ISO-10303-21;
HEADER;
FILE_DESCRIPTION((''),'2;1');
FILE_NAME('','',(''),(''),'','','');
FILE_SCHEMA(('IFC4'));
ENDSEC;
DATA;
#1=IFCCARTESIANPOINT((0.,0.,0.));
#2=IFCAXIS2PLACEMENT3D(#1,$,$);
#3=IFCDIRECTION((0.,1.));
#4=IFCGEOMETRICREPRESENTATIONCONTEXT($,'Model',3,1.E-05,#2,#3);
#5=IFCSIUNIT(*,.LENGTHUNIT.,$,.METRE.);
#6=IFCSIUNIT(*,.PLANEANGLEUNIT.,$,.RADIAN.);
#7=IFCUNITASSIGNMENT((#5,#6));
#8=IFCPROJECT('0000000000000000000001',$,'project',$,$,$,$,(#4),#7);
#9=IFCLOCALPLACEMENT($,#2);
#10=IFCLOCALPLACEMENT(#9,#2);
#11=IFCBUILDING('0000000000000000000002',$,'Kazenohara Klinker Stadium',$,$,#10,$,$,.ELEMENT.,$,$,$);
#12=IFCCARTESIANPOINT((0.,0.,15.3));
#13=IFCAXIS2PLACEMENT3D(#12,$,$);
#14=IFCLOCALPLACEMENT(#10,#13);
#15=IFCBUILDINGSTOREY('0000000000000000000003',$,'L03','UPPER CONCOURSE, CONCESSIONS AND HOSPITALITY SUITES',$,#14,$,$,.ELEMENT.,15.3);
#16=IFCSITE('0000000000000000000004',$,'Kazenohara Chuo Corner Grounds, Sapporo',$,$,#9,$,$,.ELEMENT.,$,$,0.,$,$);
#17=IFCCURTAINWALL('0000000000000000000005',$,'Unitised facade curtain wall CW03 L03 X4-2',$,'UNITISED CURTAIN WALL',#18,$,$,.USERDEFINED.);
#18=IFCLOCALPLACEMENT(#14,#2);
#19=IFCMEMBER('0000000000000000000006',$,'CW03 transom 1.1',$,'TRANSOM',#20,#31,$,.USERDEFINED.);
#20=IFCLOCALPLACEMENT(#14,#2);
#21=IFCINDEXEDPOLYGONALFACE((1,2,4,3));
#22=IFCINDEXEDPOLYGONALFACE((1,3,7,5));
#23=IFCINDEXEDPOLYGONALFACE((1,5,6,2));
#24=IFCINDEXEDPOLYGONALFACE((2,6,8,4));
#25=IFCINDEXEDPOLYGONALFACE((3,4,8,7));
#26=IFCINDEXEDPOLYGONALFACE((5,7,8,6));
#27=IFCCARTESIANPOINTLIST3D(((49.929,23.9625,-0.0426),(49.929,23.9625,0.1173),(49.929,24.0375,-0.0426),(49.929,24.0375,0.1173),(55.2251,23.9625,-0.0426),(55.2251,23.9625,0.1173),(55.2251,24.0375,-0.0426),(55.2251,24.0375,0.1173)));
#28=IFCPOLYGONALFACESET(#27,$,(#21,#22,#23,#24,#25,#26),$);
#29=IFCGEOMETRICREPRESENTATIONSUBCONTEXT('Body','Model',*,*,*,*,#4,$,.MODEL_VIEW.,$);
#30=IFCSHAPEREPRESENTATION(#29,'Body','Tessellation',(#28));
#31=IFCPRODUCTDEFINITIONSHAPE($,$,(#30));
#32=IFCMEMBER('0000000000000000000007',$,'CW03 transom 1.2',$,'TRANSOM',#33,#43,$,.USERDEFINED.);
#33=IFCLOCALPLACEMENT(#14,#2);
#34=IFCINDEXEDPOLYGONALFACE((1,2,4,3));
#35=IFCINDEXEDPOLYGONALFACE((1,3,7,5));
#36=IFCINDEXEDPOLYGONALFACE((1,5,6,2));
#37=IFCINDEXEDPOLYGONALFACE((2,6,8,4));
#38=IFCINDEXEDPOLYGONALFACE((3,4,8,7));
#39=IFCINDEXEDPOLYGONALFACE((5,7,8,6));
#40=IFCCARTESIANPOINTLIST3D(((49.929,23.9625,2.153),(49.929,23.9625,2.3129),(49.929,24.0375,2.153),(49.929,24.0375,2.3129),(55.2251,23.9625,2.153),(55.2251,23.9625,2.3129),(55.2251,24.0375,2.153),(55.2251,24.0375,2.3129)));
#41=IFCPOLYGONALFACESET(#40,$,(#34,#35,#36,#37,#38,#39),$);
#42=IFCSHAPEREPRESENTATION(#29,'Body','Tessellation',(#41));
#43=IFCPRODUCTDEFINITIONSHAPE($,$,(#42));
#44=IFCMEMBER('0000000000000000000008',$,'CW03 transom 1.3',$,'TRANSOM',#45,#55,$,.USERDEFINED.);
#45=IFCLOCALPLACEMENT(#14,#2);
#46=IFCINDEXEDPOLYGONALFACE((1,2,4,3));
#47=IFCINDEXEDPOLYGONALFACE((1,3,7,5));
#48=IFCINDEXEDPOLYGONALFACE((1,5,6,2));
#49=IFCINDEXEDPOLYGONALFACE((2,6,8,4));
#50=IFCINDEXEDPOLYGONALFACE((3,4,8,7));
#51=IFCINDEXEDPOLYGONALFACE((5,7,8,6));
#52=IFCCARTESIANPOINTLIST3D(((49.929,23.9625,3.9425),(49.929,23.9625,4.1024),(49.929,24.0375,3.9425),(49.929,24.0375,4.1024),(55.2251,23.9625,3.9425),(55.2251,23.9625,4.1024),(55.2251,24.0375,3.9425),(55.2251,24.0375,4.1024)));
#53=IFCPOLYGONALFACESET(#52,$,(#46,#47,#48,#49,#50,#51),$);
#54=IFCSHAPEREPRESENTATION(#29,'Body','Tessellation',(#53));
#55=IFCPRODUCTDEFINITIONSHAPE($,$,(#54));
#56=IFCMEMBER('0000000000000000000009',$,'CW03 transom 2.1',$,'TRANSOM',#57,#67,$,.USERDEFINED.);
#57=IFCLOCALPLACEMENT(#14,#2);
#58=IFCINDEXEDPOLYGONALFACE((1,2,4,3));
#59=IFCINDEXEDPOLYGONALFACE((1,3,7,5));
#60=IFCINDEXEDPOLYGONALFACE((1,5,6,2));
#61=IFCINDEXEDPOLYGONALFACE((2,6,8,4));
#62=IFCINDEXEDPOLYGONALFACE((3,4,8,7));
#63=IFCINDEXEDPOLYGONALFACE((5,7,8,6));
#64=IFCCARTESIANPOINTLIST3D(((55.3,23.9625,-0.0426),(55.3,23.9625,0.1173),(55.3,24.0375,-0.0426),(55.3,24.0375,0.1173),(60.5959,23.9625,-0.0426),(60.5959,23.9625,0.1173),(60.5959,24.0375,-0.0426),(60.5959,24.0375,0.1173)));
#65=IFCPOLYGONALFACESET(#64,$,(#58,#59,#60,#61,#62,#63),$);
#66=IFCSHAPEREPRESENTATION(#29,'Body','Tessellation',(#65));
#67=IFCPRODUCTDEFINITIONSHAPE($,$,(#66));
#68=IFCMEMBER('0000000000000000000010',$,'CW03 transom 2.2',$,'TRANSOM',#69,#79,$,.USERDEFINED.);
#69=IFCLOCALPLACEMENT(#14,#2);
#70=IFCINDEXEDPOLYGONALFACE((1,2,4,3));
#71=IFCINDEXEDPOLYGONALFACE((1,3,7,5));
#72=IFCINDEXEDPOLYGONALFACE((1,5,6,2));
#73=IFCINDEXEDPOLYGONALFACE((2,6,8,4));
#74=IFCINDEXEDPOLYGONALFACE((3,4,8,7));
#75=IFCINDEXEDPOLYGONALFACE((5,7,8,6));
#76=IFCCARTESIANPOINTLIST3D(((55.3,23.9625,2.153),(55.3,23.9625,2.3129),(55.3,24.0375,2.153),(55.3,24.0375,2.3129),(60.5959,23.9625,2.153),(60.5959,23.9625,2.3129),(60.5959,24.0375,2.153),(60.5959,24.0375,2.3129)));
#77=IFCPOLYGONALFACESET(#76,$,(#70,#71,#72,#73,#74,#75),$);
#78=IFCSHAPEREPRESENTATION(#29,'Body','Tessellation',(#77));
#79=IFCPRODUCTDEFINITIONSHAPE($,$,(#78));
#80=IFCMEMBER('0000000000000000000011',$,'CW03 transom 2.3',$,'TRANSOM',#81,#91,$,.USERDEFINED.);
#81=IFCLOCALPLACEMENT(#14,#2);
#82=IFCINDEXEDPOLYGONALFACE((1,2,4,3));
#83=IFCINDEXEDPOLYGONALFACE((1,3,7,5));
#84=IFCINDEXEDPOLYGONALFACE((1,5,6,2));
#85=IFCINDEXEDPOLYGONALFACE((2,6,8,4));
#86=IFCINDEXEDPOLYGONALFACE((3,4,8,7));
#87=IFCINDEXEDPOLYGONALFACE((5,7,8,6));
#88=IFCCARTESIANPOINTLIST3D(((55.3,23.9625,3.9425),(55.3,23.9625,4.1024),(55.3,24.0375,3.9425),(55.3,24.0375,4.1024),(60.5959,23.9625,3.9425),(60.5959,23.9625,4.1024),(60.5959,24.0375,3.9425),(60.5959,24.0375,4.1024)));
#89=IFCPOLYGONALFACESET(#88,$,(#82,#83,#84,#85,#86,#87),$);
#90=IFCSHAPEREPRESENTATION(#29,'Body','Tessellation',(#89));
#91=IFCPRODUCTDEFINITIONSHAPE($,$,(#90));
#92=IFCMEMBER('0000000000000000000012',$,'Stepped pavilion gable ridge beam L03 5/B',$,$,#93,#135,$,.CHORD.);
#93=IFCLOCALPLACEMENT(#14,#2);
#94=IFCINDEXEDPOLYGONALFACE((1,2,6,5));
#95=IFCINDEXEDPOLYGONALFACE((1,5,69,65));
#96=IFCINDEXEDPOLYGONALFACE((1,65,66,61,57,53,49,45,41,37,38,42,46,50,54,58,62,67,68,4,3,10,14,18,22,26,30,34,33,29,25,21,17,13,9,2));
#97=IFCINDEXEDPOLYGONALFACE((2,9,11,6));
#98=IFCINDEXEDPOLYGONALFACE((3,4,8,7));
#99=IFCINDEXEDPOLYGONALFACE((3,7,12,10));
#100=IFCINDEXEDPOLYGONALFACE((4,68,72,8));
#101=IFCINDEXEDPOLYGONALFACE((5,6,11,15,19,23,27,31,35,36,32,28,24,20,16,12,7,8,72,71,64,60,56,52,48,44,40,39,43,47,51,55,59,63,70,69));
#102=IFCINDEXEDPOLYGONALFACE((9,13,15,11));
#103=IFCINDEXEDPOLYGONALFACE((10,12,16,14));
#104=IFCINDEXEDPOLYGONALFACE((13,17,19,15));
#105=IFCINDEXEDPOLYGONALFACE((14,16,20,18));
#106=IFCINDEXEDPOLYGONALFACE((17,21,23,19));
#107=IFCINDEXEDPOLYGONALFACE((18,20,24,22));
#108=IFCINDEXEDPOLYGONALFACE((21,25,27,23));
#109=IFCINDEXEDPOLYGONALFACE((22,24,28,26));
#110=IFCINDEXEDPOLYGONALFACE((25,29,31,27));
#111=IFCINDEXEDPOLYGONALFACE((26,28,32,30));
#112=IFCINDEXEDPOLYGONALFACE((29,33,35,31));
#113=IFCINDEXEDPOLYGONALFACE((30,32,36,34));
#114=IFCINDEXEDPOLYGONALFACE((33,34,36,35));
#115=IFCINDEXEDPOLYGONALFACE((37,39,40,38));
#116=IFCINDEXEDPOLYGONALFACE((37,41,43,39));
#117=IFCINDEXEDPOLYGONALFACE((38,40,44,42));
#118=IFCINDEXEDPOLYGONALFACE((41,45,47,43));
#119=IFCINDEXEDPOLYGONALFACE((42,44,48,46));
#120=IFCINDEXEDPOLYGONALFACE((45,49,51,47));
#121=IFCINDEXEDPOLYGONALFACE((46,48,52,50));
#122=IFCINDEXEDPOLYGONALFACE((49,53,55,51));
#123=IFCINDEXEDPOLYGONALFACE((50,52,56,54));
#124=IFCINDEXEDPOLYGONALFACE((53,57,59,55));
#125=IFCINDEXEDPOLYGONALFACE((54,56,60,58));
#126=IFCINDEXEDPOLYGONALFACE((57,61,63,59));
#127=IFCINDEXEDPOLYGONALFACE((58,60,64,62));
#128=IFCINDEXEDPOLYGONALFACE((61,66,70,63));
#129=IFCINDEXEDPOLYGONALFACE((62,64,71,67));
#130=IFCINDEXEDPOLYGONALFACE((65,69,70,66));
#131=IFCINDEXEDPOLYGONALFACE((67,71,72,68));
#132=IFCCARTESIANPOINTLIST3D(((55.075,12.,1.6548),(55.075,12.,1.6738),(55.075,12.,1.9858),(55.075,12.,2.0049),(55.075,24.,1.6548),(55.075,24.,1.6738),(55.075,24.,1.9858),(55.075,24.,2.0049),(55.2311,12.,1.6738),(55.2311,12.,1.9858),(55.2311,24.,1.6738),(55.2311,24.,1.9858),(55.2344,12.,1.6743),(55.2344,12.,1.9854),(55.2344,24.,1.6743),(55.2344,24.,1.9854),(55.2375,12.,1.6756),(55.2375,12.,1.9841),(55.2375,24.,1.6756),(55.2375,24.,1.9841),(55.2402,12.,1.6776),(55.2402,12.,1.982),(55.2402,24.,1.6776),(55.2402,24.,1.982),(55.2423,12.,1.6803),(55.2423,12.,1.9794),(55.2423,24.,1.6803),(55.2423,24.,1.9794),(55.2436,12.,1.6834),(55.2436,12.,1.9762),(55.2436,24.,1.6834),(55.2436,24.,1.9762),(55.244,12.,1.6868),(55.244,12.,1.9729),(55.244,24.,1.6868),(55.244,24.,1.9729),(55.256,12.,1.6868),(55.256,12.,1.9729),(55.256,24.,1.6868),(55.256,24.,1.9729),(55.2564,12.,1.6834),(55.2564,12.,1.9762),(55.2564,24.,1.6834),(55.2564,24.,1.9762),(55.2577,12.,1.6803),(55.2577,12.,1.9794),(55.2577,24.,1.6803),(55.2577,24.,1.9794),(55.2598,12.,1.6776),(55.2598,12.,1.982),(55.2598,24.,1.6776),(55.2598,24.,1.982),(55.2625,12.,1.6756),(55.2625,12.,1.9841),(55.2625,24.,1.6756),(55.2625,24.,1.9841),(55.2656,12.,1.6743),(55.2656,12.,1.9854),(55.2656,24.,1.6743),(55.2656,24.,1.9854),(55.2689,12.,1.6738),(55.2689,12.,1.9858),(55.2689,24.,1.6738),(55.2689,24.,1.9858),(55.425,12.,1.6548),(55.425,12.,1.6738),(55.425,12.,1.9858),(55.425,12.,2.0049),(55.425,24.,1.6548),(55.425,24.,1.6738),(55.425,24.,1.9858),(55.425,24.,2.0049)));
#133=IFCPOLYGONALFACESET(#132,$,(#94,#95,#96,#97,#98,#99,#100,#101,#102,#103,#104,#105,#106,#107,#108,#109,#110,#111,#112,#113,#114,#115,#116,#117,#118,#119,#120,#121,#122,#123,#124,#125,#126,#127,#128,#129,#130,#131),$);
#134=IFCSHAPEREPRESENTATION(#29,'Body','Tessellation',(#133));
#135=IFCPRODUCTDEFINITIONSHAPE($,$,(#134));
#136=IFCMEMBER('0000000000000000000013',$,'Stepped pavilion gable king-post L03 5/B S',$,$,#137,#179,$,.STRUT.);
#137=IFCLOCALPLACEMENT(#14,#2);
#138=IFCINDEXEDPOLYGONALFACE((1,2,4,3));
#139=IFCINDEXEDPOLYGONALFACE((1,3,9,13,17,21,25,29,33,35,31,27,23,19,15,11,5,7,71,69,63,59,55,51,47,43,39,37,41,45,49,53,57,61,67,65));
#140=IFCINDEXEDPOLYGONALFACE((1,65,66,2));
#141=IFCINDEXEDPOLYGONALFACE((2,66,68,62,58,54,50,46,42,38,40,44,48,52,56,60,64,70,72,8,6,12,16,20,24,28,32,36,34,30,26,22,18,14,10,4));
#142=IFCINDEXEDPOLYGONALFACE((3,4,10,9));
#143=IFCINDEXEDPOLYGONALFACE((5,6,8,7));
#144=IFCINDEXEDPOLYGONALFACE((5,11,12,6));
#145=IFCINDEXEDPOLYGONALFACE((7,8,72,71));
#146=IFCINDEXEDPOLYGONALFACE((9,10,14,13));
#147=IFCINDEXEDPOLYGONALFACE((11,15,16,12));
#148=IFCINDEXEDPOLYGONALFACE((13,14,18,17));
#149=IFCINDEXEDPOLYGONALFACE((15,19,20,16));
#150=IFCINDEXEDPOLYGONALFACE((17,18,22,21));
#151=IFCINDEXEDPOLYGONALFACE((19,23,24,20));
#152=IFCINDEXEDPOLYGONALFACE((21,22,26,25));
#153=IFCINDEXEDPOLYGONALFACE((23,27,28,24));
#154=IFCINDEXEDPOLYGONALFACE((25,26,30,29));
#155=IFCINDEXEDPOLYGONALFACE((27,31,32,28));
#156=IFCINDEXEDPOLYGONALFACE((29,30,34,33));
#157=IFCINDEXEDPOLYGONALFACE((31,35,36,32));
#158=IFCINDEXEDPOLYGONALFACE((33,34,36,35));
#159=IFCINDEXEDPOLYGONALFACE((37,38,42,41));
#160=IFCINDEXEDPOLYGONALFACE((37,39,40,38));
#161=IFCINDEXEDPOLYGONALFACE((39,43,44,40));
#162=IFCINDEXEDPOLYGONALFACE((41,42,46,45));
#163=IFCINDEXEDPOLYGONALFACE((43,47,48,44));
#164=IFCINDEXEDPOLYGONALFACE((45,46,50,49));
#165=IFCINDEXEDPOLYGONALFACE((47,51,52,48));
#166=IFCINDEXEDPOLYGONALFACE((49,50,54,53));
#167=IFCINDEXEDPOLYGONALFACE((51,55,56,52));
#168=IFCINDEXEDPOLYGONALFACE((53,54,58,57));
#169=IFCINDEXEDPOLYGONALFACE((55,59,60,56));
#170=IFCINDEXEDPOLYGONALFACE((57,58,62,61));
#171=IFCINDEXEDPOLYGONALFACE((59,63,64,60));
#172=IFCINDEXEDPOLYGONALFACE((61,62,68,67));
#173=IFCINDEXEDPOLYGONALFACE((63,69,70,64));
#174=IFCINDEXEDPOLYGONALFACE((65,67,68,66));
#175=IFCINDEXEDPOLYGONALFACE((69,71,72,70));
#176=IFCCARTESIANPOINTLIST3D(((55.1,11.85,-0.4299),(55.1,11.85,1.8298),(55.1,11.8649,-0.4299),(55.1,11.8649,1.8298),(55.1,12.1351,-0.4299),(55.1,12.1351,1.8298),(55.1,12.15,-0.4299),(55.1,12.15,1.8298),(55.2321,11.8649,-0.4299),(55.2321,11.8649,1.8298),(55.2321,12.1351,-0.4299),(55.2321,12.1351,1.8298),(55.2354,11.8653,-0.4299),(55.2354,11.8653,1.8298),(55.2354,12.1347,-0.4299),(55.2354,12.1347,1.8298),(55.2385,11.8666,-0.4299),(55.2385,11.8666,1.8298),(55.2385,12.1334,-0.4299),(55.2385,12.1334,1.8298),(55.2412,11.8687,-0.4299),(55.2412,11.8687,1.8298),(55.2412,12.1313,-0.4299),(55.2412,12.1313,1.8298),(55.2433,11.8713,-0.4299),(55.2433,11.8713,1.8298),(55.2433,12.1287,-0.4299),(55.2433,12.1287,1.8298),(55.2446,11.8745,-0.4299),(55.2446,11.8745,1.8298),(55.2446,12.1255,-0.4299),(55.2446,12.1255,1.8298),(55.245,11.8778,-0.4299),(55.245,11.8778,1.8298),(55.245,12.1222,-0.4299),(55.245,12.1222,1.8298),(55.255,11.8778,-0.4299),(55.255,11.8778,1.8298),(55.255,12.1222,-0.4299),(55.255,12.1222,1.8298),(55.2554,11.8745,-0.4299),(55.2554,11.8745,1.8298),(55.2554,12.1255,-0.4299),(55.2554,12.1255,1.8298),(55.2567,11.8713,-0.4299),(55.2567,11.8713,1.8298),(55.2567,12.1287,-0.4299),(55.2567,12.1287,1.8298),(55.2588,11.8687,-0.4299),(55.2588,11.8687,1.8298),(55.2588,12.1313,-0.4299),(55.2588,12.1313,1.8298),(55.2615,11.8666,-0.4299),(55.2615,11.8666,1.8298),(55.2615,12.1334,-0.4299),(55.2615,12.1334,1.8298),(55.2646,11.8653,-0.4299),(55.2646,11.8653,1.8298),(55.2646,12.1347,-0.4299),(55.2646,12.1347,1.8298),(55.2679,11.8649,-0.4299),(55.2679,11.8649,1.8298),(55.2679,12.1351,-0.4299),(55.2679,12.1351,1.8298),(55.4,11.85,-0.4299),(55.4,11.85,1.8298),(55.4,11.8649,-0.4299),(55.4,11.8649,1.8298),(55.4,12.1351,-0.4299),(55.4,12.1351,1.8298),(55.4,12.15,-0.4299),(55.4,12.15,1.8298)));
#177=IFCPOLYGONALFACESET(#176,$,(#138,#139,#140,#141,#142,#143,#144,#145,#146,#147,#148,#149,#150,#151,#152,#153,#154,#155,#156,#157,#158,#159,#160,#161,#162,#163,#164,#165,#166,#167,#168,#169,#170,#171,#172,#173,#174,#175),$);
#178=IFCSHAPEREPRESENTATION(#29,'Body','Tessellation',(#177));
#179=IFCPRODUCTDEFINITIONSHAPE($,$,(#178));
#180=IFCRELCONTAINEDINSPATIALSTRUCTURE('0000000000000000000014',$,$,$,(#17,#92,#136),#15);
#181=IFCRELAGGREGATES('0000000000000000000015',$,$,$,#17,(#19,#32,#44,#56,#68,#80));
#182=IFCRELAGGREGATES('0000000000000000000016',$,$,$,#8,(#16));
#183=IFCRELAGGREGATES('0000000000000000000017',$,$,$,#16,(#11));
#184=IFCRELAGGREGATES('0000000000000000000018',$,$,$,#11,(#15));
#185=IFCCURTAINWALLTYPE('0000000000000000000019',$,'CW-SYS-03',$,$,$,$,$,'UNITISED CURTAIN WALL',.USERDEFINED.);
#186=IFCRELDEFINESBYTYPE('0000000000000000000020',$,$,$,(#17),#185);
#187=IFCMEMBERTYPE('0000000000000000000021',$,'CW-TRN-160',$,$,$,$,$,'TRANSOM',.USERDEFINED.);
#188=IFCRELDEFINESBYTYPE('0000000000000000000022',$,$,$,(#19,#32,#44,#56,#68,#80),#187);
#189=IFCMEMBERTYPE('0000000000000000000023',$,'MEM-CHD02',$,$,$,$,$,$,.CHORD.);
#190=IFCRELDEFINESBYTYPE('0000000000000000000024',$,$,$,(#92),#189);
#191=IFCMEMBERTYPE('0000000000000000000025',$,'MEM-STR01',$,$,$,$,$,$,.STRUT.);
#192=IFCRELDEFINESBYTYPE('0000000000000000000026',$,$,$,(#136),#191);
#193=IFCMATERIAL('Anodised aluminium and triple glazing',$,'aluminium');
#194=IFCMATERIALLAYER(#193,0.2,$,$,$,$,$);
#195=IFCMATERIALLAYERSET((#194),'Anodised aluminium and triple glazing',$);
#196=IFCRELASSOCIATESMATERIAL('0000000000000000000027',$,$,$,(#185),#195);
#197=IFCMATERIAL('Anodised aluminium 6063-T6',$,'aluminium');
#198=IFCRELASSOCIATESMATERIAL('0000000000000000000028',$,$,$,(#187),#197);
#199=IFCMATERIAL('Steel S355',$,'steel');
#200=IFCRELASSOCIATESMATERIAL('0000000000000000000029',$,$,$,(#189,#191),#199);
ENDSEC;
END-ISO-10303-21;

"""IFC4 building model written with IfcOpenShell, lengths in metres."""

from ifc_helpers import new_model, si_unit, direction, frame, origin, origin_2d, place, context, subcontext, project, spatial, rectangle, i_section, extrude, material, layer, layer_set, material_profile, profile_set, type_object, element, aggregate, save


model = new_model("IFC4")

# Units and contexts
model_context = context("Model", 3, precision=1e-05, world=origin(), true_north=direction((0.0, 1.0)))
body_context = subcontext(model_context, "Body", "Model", "MODEL_VIEW")
ifc_project = project(units=[si_unit("LENGTHUNIT", "METRE"), si_unit("PLANEANGLEUNIT", "RADIAN")], contexts=[model_context])

# Site, building, storey
site_placement = place(None, origin())
site = spatial("IfcSite", under=ifc_project, at=site_placement, Name="Kazenohara Chuo Corner Grounds, Sapporo", CompositionType="ELEMENT", RefElevation=0.0)
building_placement = place(site_placement, origin())
building = spatial("IfcBuilding", under=site, at=building_placement, Name="Kazenohara Klinker Stadium", CompositionType="ELEMENT")
storey_placement = place(building_placement, frame((0.0, 0.0, 15.3)))
storey = spatial("IfcBuildingStorey", under=building, at=storey_placement, Name="L03", Description="UPPER CONCOURSE, CONCESSIONS AND HOSPITALITY SUITES", CompositionType="ELEMENT", Elevation=15.3)

# Shared definitions
ifc_material_1 = material(Name="Steel S355", Category="steel")

# Curtain wall
ifc_material_2 = material(Name="Anodised aluminium and triple glazing", Category="aluminium")
ifc_material_3 = material(Name="Anodised aluminium 6063-T6", Category="aluminium")
ifc_layer_1 = layer(ifc_material_2, 0.2)
ifc_layer_set_1 = layer_set([ifc_layer_1], Name="Anodised aluminium and triple glazing")
curtain_wall_type_1 = type_object("IfcCurtainWallType", Name="CW-SYS-03", ElementType="UNITISED CURTAIN WALL", PredefinedType="USERDEFINED", material=ifc_layer_set_1)
curtain_wall_1_placement = place(storey_placement, origin())
curtain_wall_1 = element("IfcCurtainWall", 1, at=curtain_wall_1_placement, inside=storey, type_object=curtain_wall_type_1, Name="Unitised facade curtain wall CW03 L03 X4-2", ObjectType="UNITISED CURTAIN WALL", PredefinedType="USERDEFINED")

# Members
ifc_material_profile_1 = material_profile(ifc_material_3, rectangle(XDim=0.075, YDim=0.1599, at=origin_2d()), Name="ALU-TRN-75x160")
ifc_profile_set_1 = profile_set([ifc_material_profile_1], Name="Anodised aluminium 6063-T6")
member_type_1 = type_object("IfcMemberType", Name="CW-TRN-160", ElementType="TRANSOM", PredefinedType="USERDEFINED", material=ifc_profile_set_1)
member_1_placement = place(storey_placement, frame((49.929, 24.0, 0.0374), z_axis=(1.0, 0.0, 0.0), x_axis=(0.0, 1.0, 0.0)))
member_1 = element("IfcMember", 2, at=member_1_placement, type_object=member_type_1, Name="CW03 transom 1.1", ObjectType="TRANSOM", PredefinedType="USERDEFINED", context=body_context, shape_type="SweptSolid", body=[
    extrude(rectangle(XDim=0.075, YDim=0.1599, at=origin_2d()), origin(), (0.0, 0.0, 1.0), 5.2961),
])
member_2_placement = place(storey_placement, frame((49.929, 24.0, 2.2329), z_axis=(1.0, 0.0, 0.0), x_axis=(0.0, 1.0, 0.0)))
member_2 = element("IfcMember", 3, at=member_2_placement, type_object=member_type_1, Name="CW03 transom 1.2", ObjectType="TRANSOM", PredefinedType="USERDEFINED", context=body_context, shape_type="SweptSolid", body=[
    extrude(rectangle(XDim=0.075, YDim=0.1599, at=origin_2d()), origin(), (0.0, 0.0, 1.0), 5.2961),
])
member_3_placement = place(storey_placement, frame((49.929, 24.0, 4.0225), z_axis=(1.0, 0.0, 0.0), x_axis=(0.0, 1.0, 0.0)))
member_3 = element("IfcMember", 4, at=member_3_placement, type_object=member_type_1, Name="CW03 transom 1.3", ObjectType="TRANSOM", PredefinedType="USERDEFINED", context=body_context, shape_type="SweptSolid", body=[
    extrude(rectangle(XDim=0.075, YDim=0.1599, at=origin_2d()), origin(), (0.0, 0.0, 1.0), 5.2961),
])
member_4_placement = place(storey_placement, frame((55.3, 24.0, 0.0374), z_axis=(1.0, 0.0, 0.0), x_axis=(0.0, 1.0, 0.0)))
member_4 = element("IfcMember", 5, at=member_4_placement, type_object=member_type_1, Name="CW03 transom 2.1", ObjectType="TRANSOM", PredefinedType="USERDEFINED", context=body_context, shape_type="SweptSolid", body=[
    extrude(rectangle(XDim=0.075, YDim=0.1599, at=origin_2d()), origin(), (0.0, 0.0, 1.0), 5.2959),
])
member_5_placement = place(storey_placement, frame((55.3, 24.0, 2.2329), z_axis=(1.0, 0.0, 0.0), x_axis=(0.0, 1.0, 0.0)))
member_5 = element("IfcMember", 6, at=member_5_placement, type_object=member_type_1, Name="CW03 transom 2.2", ObjectType="TRANSOM", PredefinedType="USERDEFINED", context=body_context, shape_type="SweptSolid", body=[
    extrude(rectangle(XDim=0.075, YDim=0.1599, at=origin_2d()), origin(), (0.0, 0.0, 1.0), 5.2959),
])
member_6_placement = place(storey_placement, frame((55.3, 24.0, 4.0225), z_axis=(1.0, 0.0, 0.0), x_axis=(0.0, 1.0, 0.0)))
member_6 = element("IfcMember", 7, at=member_6_placement, type_object=member_type_1, Name="CW03 transom 2.3", ObjectType="TRANSOM", PredefinedType="USERDEFINED", context=body_context, shape_type="SweptSolid", body=[
    extrude(rectangle(XDim=0.075, YDim=0.1599, at=origin_2d()), origin(), (0.0, 0.0, 1.0), 5.2959),
])

# Members
ifc_material_profile_2 = material_profile(ifc_material_1, i_section(OverallWidth=0.3501, OverallDepth=0.3501, WebThickness=0.012, FlangeThickness=0.019, FilletRadius=0.0129, at=origin_2d()), Name="H-350x350x12x19")
ifc_profile_set_2 = profile_set([ifc_material_profile_2], Name="Steel S355")
member_type_2 = type_object("IfcMemberType", Name="MEM-CHD02", PredefinedType="CHORD", material=ifc_profile_set_2)
member_7_placement = place(storey_placement, frame((55.25, 12.0, 1.8298), z_axis=(0.0, 1.0, 0.0), x_axis=(-1.0, 0.0, 0.0)))
element("IfcMember", 8, at=member_7_placement, inside=storey, type_object=member_type_2, Name="Stepped pavilion gable ridge beam L03 5/B", PredefinedType="CHORD", context=body_context, shape_type="SweptSolid", body=[
    extrude(i_section(OverallWidth=0.3501, OverallDepth=0.3501, WebThickness=0.012, FlangeThickness=0.019, FilletRadius=0.0129, at=origin_2d()), origin(), (0.0, 0.0, 1.0), 12.0),
])
ifc_material_profile_3 = material_profile(ifc_material_1, i_section(OverallWidth=0.3, OverallDepth=0.3, WebThickness=0.01, FlangeThickness=0.0149, FilletRadius=0.0129, at=origin_2d()), Name="H-300x300x10x15")
ifc_profile_set_3 = profile_set([ifc_material_profile_3], Name="Steel S355")
member_type_3 = type_object("IfcMemberType", Name="MEM-STR01", PredefinedType="STRUT", material=ifc_profile_set_3)
for number, where, z_axis, x_axis, name in (
    (9, (55.25, 12.0, -0.4299), (0.0, 0.0, 1.0), (1.0, 0.0, 0.0), "Stepped pavilion gable king-post L03 5/B S"),
):
    element("IfcMember", number, at=place(storey_placement, frame(where, z_axis=z_axis, x_axis=x_axis)), inside=storey, type_object=member_type_3, Name=name, PredefinedType="STRUT", context=body_context, shape_type="SweptSolid", body=[
        extrude(i_section(OverallWidth=0.3, OverallDepth=0.3, WebThickness=0.01, FlangeThickness=0.0149, FilletRadius=0.0129, at=origin_2d()), origin(), (0.0, 0.0, 1.0), 2.2598),
    ])

aggregate(curtain_wall_1, [member_1, member_2, member_3, member_4, member_5, member_6])

save(model, "model.ifc")
